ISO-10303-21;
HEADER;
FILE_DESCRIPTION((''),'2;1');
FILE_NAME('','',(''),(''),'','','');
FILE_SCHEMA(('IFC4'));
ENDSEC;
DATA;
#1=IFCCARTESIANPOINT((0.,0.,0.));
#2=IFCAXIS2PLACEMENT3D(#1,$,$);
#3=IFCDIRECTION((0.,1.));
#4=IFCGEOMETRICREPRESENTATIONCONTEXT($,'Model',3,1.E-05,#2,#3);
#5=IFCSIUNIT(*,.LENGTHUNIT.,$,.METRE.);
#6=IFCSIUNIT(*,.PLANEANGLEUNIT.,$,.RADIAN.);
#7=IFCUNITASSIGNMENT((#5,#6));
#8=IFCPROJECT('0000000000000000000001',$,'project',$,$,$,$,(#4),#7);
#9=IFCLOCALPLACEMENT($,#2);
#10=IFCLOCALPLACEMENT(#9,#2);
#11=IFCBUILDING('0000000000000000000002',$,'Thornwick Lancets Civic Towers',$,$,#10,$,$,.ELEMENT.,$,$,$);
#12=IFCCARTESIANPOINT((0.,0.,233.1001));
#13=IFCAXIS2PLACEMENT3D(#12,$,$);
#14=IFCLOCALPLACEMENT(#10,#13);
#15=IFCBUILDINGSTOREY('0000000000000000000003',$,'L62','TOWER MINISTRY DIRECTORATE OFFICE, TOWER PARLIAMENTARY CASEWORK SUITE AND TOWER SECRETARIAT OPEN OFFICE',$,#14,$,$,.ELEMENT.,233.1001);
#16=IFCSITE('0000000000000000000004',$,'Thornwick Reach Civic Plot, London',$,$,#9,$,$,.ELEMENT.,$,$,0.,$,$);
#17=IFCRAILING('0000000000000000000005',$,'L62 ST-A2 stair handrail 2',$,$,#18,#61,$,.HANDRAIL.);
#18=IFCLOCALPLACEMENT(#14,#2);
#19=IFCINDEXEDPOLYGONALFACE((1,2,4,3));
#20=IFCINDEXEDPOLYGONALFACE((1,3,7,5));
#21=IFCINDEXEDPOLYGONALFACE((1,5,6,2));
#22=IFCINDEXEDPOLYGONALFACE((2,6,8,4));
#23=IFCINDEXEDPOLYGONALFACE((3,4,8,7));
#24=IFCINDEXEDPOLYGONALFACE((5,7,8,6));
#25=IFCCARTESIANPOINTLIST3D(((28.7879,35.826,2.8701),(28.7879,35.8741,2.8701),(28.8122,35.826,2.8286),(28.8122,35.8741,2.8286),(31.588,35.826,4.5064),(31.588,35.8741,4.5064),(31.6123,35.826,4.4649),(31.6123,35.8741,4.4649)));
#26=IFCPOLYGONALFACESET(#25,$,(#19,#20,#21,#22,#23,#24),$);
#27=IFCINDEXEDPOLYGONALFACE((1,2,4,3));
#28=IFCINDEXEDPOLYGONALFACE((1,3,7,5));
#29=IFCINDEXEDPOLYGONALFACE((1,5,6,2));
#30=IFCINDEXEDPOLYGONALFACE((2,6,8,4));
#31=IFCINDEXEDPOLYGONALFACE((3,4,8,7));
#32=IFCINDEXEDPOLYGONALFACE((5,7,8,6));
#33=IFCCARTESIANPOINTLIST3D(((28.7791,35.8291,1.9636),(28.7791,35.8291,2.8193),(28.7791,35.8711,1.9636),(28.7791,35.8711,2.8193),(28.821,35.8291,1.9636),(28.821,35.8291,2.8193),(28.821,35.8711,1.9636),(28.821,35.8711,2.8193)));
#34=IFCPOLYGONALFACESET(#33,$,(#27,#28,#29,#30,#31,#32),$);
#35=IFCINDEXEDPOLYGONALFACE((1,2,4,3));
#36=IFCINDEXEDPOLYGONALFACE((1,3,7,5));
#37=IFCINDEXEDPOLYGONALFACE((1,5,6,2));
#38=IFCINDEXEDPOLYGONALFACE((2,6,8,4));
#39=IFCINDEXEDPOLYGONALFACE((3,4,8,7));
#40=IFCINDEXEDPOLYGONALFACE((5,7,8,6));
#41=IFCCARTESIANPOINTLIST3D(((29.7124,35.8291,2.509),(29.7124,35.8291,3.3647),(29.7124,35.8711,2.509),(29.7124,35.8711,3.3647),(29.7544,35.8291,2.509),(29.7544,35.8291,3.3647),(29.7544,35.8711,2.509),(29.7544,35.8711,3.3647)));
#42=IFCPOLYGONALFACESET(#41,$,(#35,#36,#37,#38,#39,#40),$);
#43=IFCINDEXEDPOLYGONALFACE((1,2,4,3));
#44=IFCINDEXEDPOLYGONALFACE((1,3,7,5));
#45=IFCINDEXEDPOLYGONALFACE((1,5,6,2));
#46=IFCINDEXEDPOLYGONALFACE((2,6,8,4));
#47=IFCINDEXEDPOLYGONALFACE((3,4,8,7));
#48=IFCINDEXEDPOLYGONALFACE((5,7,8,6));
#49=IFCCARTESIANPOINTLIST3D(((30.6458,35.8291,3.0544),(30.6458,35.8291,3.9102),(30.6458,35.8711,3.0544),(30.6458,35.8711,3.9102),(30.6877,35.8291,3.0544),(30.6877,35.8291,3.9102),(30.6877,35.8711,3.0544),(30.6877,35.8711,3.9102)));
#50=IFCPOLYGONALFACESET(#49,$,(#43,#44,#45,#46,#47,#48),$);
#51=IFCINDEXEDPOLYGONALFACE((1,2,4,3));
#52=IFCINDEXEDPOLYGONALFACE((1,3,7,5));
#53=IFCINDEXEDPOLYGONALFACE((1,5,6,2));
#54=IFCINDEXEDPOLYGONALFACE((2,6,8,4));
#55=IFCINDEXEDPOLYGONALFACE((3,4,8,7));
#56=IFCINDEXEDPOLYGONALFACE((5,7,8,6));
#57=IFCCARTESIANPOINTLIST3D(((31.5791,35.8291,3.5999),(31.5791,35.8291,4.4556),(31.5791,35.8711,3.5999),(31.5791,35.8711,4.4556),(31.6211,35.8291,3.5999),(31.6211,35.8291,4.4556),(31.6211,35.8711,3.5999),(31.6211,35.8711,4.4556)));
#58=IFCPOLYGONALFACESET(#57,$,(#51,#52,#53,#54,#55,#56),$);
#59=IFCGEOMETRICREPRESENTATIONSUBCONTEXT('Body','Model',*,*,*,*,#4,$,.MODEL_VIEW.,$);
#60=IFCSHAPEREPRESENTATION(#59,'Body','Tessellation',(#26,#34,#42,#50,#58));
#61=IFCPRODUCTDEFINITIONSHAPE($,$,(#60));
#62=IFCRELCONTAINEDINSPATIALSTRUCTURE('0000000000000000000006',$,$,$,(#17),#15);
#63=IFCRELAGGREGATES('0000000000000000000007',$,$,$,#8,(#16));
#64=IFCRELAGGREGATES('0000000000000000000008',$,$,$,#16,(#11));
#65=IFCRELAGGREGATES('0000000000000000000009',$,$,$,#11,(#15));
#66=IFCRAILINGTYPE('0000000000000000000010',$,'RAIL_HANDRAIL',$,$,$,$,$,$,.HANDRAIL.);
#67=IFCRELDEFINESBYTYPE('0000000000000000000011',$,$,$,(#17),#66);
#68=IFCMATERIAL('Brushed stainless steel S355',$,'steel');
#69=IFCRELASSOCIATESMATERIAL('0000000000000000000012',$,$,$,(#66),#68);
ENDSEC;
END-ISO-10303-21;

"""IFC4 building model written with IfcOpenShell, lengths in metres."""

from ifc_helpers import new_model, si_unit, direction, frame, origin, origin_2d, place, context, subcontext, project, spatial, rectangle, extrude, material, type_object, element, save


model = new_model("IFC4")

# Units and contexts
model_context = context("Model", 3, precision=1e-05, world=origin(), true_north=direction((0.0, 1.0)))
body_context = subcontext(model_context, "Body", "Model", "MODEL_VIEW")
ifc_project = project(units=[si_unit("LENGTHUNIT", "METRE"), si_unit("PLANEANGLEUNIT", "RADIAN")], contexts=[model_context])

# Site, building, storey
site_placement = place(None, origin())
site = spatial("IfcSite", under=ifc_project, at=site_placement, Name="Thornwick Reach Civic Plot, London", CompositionType="ELEMENT", RefElevation=0.0)
building_placement = place(site_placement, origin())
building = spatial("IfcBuilding", under=site, at=building_placement, Name="Thornwick Lancets Civic Towers", CompositionType="ELEMENT")
storey_placement = place(building_placement, frame((0.0, 0.0, 233.1001)))
storey = spatial("IfcBuildingStorey", under=building, at=storey_placement, Name="L62", Description="TOWER MINISTRY DIRECTORATE OFFICE, TOWER PARLIAMENTARY CASEWORK SUITE AND TOWER SECRETARIAT OPEN OFFICE", CompositionType="ELEMENT", Elevation=233.1001)

# Railing
ifc_material_1 = material(Name="Brushed stainless steel S355", Category="steel")
railing_type = type_object("IfcRailingType", Name="RAIL_HANDRAIL", PredefinedType="HANDRAIL", material=ifc_material_1)
railing_placement = place(storey_placement, frame((28.8, 35.8501, 1.9636)))
element("IfcRailing", 1, at=railing_placement, inside=storey, type_object=railing_type, Name="L62 ST-A2 stair handrail 2", PredefinedType="HANDRAIL", context=body_context, shape_type="SweptSolid", body=[
    extrude(rectangle(XDim=0.0481, YDim=0.0481, at=origin_2d()), frame((0.0, 0.0, 0.8857), z_axis=(0.863394, 0.0, 0.504531), x_axis=(0.0, 1.0, 0.0)), (0.0, 0.0, 1.0), 3.2432),
    extrude(rectangle(XDim=0.042, YDim=0.042, at=origin_2d()), origin(), (0.0, 0.0, 1.0), 0.8557),
    extrude(rectangle(XDim=0.042, YDim=0.042, at=origin_2d()), frame((0.9333, 0.0, 0.5454)), (0.0, 0.0, 1.0), 0.8557),
    extrude(rectangle(XDim=0.042, YDim=0.042, at=origin_2d()), frame((1.8667, 0.0, 1.0908)), (0.0, 0.0, 1.0), 0.8557),
    extrude(rectangle(XDim=0.042, YDim=0.042, at=origin_2d()), frame((2.8, 0.0, 1.6362)), (0.0, 0.0, 1.0), 0.8557),
])

save(model, "model.ifc")
